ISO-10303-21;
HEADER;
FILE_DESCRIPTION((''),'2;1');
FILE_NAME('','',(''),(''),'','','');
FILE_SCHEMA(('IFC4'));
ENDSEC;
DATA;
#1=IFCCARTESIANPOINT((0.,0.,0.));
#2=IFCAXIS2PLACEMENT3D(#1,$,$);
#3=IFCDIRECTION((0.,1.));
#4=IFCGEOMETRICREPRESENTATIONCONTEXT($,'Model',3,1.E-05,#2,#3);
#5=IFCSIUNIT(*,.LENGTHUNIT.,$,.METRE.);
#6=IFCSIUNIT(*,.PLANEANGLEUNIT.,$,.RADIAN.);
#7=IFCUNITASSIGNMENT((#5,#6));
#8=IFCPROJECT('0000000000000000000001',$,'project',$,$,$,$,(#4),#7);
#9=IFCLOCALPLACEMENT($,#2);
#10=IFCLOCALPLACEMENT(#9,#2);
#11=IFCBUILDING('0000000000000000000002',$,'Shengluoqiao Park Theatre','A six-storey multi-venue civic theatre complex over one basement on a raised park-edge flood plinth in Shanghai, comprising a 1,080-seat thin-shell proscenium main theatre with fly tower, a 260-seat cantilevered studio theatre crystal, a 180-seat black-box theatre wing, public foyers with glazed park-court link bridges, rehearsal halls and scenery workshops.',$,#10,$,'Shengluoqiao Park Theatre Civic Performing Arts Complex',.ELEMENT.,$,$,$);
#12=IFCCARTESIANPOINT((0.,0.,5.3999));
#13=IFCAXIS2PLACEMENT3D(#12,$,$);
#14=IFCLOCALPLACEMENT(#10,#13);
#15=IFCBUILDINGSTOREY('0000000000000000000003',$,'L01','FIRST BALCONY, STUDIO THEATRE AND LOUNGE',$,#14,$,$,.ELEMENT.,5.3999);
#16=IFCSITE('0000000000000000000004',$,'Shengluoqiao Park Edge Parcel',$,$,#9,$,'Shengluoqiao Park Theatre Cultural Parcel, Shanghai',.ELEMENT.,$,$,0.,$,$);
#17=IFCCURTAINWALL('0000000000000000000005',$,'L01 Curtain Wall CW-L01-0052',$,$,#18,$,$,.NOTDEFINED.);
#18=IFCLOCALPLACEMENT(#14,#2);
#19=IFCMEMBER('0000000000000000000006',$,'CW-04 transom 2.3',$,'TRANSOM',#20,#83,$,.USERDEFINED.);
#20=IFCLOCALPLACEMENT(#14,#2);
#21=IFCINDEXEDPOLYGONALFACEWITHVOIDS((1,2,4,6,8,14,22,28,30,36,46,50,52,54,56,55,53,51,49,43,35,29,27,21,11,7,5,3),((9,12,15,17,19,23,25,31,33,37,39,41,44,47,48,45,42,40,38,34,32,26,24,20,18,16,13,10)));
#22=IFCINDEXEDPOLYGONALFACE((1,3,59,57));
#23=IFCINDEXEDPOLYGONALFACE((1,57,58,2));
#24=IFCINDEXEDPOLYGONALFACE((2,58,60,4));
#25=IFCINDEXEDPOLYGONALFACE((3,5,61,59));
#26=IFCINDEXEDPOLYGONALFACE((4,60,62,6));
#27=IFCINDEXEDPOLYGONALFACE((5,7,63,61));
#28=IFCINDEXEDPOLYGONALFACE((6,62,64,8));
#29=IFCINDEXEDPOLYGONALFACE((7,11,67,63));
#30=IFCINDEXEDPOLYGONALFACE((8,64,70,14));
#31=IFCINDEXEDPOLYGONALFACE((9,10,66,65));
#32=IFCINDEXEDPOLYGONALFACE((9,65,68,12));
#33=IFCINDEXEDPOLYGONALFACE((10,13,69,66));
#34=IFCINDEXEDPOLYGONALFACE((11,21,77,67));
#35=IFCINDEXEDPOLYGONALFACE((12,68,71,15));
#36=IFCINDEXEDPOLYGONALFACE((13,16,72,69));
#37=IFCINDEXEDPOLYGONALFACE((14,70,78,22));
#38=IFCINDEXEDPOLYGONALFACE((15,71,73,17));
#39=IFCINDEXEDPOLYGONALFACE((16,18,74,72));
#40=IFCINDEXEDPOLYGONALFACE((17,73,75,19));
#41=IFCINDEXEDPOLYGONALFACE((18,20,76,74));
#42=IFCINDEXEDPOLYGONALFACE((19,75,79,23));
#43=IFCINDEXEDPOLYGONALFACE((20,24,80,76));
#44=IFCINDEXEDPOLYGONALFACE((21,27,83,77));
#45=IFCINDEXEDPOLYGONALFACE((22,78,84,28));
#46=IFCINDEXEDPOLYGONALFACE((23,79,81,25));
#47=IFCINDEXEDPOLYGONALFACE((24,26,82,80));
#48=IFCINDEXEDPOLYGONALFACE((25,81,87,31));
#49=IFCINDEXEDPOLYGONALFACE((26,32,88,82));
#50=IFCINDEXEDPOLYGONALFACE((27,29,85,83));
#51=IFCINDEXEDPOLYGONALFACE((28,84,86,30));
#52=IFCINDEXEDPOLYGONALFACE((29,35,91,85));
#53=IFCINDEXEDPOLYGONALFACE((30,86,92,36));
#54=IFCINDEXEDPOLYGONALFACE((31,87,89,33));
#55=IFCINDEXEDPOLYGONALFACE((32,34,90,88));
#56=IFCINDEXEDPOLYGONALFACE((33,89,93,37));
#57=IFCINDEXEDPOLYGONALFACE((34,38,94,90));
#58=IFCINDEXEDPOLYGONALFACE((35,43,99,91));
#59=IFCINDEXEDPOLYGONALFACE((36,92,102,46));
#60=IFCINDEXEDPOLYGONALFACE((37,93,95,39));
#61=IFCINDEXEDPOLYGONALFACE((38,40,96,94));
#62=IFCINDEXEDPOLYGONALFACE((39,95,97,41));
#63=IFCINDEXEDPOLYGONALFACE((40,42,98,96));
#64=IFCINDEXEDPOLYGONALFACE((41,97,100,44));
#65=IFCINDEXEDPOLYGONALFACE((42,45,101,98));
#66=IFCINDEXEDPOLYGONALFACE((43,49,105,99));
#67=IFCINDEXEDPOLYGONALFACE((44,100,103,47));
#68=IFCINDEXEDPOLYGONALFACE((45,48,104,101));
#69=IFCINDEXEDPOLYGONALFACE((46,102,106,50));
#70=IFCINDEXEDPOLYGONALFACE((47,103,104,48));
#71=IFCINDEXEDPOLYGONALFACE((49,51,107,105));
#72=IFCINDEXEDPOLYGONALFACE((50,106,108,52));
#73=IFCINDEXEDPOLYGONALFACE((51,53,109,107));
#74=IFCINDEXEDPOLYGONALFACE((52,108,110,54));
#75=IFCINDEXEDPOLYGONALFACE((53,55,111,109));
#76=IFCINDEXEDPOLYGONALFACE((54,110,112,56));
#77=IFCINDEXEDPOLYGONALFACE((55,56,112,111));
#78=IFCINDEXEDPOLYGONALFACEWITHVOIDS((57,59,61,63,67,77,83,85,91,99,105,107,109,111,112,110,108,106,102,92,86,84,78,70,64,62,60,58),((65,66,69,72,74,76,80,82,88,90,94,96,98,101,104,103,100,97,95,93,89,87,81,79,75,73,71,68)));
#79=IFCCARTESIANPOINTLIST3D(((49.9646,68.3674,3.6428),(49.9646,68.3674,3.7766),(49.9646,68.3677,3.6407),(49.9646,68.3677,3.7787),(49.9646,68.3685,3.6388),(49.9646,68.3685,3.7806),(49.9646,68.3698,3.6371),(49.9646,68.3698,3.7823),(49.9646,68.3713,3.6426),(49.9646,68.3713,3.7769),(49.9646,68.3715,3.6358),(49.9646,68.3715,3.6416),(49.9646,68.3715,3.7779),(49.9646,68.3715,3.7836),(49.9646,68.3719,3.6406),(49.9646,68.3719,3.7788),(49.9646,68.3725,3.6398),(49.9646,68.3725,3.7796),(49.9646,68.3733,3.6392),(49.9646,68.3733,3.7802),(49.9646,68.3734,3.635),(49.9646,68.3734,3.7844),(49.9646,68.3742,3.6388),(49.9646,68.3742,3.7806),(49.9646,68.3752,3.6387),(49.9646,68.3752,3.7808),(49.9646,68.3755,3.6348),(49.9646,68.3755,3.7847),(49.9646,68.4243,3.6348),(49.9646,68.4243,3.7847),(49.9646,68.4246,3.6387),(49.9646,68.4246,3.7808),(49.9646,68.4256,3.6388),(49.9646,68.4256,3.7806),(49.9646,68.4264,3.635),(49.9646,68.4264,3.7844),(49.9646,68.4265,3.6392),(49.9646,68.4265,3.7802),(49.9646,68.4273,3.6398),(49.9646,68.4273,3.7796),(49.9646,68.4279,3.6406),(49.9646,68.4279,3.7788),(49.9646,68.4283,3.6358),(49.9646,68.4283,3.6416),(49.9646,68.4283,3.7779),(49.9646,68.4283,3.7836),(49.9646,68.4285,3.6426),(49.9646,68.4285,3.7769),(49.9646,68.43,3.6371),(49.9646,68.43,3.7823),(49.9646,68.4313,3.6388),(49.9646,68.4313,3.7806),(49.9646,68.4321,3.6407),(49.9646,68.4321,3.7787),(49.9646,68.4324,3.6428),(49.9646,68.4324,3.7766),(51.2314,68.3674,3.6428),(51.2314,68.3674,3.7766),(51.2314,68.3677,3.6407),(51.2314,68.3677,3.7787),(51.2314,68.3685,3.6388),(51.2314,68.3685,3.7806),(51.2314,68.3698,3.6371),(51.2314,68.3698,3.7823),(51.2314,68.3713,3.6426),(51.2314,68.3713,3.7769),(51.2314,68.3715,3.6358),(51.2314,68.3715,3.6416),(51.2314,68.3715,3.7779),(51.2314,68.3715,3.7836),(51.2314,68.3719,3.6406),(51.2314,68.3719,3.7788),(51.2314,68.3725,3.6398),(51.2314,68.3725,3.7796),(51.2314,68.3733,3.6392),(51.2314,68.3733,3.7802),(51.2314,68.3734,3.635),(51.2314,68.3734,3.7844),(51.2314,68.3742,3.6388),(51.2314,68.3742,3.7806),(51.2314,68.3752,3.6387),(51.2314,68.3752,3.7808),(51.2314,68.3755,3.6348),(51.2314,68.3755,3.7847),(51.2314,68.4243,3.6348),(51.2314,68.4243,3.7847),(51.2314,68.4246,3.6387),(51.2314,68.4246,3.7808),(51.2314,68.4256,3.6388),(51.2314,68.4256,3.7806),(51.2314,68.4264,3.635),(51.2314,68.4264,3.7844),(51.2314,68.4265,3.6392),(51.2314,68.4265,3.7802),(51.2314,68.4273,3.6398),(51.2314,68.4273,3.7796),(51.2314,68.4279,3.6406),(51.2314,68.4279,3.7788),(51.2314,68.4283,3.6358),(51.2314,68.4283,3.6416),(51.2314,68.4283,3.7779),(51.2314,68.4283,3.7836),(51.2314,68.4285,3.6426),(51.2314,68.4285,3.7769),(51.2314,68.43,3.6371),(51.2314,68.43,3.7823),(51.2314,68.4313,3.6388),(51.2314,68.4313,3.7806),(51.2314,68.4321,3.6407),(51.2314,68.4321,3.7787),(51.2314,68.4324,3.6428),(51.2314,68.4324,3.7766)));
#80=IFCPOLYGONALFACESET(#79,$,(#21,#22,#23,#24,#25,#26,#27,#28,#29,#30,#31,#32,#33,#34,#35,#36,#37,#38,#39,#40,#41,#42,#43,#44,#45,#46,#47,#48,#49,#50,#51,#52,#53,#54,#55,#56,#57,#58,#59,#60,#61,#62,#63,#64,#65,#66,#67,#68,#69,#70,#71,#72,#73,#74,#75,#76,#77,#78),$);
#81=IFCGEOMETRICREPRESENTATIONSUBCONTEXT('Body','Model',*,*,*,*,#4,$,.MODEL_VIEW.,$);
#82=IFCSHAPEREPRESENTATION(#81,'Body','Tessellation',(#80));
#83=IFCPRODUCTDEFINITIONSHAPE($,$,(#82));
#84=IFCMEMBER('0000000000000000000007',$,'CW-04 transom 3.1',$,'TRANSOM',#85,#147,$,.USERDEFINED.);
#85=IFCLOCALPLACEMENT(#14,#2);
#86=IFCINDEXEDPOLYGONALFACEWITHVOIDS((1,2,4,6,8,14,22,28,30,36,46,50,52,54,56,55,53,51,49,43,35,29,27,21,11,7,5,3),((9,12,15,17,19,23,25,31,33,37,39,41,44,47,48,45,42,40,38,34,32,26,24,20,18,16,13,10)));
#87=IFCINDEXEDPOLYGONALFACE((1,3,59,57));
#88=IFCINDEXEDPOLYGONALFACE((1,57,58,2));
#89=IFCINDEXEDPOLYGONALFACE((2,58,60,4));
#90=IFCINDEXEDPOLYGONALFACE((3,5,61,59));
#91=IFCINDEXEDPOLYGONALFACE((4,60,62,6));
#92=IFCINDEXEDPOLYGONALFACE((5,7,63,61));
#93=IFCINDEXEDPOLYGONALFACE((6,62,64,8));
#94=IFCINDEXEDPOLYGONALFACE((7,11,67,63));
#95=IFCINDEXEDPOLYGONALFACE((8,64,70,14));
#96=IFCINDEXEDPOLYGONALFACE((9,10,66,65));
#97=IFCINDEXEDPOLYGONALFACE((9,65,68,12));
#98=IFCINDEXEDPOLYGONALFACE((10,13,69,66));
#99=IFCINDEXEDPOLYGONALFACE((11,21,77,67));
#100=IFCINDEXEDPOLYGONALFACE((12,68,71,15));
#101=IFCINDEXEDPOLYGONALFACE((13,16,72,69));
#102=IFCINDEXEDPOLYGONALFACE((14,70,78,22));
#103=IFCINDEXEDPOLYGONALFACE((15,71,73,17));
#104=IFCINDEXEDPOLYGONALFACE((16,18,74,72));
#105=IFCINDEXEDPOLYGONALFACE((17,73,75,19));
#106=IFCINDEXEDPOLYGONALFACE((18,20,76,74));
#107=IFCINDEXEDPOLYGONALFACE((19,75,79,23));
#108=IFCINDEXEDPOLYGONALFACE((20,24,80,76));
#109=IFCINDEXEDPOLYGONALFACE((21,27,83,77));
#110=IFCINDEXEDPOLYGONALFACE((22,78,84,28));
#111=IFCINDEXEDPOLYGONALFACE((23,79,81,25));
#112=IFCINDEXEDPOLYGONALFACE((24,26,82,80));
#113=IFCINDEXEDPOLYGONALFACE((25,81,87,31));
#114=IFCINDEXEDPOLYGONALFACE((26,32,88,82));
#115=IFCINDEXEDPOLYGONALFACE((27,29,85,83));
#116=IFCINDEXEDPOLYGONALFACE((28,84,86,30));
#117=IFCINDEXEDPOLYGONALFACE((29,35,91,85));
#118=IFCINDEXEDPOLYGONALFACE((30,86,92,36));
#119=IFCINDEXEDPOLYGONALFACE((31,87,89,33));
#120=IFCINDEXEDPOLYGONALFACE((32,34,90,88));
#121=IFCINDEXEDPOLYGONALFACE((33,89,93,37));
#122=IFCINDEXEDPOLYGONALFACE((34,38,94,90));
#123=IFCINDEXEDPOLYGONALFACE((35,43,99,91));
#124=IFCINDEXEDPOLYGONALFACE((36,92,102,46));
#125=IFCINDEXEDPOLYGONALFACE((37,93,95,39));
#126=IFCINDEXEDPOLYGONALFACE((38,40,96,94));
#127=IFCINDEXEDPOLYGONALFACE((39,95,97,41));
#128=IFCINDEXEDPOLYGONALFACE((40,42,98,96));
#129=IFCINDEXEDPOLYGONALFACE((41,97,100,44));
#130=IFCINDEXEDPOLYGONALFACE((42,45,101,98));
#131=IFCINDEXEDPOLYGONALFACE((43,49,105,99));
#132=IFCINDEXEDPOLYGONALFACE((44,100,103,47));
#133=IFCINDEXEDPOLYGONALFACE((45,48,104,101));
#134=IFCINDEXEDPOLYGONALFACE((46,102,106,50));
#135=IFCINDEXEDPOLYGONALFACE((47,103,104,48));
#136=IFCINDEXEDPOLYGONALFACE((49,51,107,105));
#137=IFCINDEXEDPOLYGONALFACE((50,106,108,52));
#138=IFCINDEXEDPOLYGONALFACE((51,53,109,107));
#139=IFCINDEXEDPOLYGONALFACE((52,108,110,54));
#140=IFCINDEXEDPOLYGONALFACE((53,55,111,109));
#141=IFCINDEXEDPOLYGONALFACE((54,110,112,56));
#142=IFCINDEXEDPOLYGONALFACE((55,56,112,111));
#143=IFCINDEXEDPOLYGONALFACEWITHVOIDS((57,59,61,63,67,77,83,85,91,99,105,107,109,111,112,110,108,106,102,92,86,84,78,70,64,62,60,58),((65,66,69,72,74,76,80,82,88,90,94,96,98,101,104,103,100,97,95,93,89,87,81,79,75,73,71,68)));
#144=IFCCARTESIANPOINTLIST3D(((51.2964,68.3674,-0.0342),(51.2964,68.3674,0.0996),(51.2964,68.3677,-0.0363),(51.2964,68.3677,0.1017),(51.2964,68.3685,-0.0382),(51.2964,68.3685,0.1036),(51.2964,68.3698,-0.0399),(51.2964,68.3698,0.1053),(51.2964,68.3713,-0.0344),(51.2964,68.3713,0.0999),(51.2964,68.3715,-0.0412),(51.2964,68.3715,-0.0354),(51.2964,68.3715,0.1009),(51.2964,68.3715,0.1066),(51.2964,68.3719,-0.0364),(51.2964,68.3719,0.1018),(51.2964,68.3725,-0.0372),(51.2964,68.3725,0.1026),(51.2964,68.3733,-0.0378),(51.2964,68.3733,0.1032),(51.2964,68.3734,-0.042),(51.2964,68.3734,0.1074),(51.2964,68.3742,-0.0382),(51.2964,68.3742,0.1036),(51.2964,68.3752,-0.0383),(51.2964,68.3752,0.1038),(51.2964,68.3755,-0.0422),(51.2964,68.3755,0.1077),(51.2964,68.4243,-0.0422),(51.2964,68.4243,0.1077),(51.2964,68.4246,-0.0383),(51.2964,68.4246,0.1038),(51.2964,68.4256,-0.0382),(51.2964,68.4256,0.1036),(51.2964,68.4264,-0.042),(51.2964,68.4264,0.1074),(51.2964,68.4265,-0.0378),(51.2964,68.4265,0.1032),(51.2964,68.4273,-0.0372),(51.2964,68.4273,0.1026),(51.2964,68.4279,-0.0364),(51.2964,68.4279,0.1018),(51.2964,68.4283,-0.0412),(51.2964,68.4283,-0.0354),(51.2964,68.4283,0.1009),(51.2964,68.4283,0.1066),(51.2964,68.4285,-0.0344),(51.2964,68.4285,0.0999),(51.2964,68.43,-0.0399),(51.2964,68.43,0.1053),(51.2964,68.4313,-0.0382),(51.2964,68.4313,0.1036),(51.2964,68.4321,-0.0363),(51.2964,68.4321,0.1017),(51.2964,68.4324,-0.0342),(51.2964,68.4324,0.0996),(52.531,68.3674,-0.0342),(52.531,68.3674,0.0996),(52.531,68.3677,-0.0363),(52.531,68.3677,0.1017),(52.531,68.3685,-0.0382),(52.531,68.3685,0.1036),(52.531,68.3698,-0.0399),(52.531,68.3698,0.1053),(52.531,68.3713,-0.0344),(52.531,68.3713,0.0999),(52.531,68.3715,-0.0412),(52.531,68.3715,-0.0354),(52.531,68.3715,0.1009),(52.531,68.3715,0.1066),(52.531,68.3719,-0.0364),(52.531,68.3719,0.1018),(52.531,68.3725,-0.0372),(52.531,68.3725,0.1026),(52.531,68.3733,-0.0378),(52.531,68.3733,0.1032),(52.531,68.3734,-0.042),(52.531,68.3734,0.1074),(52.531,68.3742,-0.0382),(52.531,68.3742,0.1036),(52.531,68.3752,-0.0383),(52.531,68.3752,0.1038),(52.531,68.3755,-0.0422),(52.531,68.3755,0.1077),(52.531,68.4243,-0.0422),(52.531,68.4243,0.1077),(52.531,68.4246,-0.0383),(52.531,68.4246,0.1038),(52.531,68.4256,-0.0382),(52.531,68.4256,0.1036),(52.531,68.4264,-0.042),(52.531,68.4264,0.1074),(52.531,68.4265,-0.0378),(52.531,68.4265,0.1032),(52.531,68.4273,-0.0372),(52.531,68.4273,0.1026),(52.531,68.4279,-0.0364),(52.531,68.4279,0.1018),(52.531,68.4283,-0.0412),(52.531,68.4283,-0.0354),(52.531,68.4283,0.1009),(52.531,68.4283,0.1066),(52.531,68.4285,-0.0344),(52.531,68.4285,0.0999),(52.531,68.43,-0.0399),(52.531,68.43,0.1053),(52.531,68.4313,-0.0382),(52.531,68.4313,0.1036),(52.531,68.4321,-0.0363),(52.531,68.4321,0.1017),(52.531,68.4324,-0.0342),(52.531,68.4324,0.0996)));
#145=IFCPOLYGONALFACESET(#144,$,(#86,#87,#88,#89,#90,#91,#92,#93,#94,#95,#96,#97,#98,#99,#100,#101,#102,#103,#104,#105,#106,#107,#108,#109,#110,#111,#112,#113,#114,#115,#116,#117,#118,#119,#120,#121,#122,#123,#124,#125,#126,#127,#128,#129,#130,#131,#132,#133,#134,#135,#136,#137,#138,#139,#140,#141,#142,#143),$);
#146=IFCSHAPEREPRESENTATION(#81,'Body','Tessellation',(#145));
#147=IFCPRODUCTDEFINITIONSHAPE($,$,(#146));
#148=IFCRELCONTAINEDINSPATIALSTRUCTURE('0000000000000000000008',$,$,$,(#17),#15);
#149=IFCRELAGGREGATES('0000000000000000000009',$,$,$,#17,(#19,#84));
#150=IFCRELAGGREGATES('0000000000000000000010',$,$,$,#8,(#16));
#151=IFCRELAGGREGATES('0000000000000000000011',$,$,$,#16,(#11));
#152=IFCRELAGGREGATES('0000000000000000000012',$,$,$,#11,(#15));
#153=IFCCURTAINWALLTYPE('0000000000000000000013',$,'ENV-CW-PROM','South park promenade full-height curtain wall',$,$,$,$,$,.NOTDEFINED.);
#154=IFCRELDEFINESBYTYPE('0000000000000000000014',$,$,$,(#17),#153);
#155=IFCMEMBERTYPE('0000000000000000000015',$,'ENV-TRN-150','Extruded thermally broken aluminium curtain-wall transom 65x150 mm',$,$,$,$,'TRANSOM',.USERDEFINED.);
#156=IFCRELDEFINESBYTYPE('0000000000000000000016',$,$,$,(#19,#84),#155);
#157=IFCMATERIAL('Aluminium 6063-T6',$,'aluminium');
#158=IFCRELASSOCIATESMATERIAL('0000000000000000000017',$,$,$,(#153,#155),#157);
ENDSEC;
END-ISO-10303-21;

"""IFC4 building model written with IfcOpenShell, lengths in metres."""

from ifc_helpers import new_model, si_unit, direction, frame, origin, origin_2d, place, context, subcontext, project, spatial, hollow_rectangle, extrude, material, material_profile, profile_set, type_object, element, aggregate, save


model = new_model("IFC4")

# Units and contexts
model_context = context("Model", 3, precision=1e-05, world=origin(), true_north=direction((0.0, 1.0)))
body_context = subcontext(model_context, "Body", "Model", "MODEL_VIEW")
ifc_project = project(units=[si_unit("LENGTHUNIT", "METRE"), si_unit("PLANEANGLEUNIT", "RADIAN")], contexts=[model_context])

# Site, building, storey
site_placement = place(None, origin())
site = spatial("IfcSite", under=ifc_project, at=site_placement, Name="Shengluoqiao Park Edge Parcel", LongName="Shengluoqiao Park Theatre Cultural Parcel, Shanghai", CompositionType="ELEMENT", RefElevation=0.0)
building_placement = place(site_placement, origin())
building = spatial("IfcBuilding", under=site, at=building_placement, Name="Shengluoqiao Park Theatre", Description="A six-storey multi-venue civic theatre complex over one basement on a raised park-edge flood plinth in Shanghai, comprising a 1,080-seat thin-shell proscenium main theatre with fly tower, a 260-seat cantilevered studio theatre crystal, a 180-seat black-box theatre wing, public foyers with glazed park-court link bridges, rehearsal halls and scenery workshops.", LongName="Shengluoqiao Park Theatre Civic Performing Arts Complex", CompositionType="ELEMENT")
storey_placement = place(building_placement, frame((0.0, 0.0, 5.3999)))
storey = spatial("IfcBuildingStorey", under=building, at=storey_placement, Name="L01", Description="FIRST BALCONY, STUDIO THEATRE AND LOUNGE", CompositionType="ELEMENT", Elevation=5.3999)

# Curtain wall
ifc_material_1 = material(Name="Aluminium 6063-T6", Category="aluminium")
curtain_wall_type = type_object("IfcCurtainWallType", Name="ENV-CW-PROM", Description="South park promenade full-height curtain wall", PredefinedType="NOTDEFINED", material=ifc_material_1)
curtain_wall_1_placement = place(storey_placement, origin())
curtain_wall_1 = element("IfcCurtainWall", 1, at=curtain_wall_1_placement, inside=storey, type_object=curtain_wall_type, Name="L01 Curtain Wall CW-L01-0052", PredefinedType="NOTDEFINED")

# Members
ifc_material_profile_1 = material_profile(ifc_material_1, hollow_rectangle(XDim=0.0649, YDim=0.1499, WallThickness=0.0039, InnerFilletRadius=0.0039, OuterFilletRadius=0.0081, at=origin_2d()), Name="ALU TRANSOM 150x65x4")
ifc_profile_set_1 = profile_set([ifc_material_profile_1], Name="Aluminium 6063-T6")
member_type_1 = type_object("IfcMemberType", Name="ENV-TRN-150", Description="Extruded thermally broken aluminium curtain-wall transom 65x150 mm", ElementType="TRANSOM", PredefinedType="USERDEFINED", material=ifc_profile_set_1)
member_1_placement = place(storey_placement, frame((49.9646, 68.3999, 3.7097), z_axis=(1.0, 0.0, 0.0), x_axis=(0.0, 1.0, 0.0)))
member_1 = element("IfcMember", 2, at=member_1_placement, type_object=member_type_1, Name="CW-04 transom 2.3", ObjectType="TRANSOM", PredefinedType="USERDEFINED", context=body_context, shape_type="SweptSolid", body=[
    extrude(hollow_rectangle(XDim=0.0649, YDim=0.1499, WallThickness=0.0039, InnerFilletRadius=0.0039, OuterFilletRadius=0.0081, at=origin_2d()), origin(), (0.0, 0.0, 1.0), 1.2668),
])
member_2_placement = place(storey_placement, frame((51.2964, 68.3999, 0.0327), z_axis=(1.0, 0.0, 0.0), x_axis=(0.0, 1.0, 0.0)))
member_2 = element("IfcMember", 3, at=member_2_placement, type_object=member_type_1, Name="CW-04 transom 3.1", ObjectType="TRANSOM", PredefinedType="USERDEFINED", context=body_context, shape_type="SweptSolid", body=[
    extrude(hollow_rectangle(XDim=0.0649, YDim=0.1499, WallThickness=0.0039, InnerFilletRadius=0.0039, OuterFilletRadius=0.0081, at=origin_2d()), origin(), (0.0, 0.0, 1.0), 1.2346),
])

aggregate(curtain_wall_1, [member_1, member_2])

save(model, "model.ifc")
